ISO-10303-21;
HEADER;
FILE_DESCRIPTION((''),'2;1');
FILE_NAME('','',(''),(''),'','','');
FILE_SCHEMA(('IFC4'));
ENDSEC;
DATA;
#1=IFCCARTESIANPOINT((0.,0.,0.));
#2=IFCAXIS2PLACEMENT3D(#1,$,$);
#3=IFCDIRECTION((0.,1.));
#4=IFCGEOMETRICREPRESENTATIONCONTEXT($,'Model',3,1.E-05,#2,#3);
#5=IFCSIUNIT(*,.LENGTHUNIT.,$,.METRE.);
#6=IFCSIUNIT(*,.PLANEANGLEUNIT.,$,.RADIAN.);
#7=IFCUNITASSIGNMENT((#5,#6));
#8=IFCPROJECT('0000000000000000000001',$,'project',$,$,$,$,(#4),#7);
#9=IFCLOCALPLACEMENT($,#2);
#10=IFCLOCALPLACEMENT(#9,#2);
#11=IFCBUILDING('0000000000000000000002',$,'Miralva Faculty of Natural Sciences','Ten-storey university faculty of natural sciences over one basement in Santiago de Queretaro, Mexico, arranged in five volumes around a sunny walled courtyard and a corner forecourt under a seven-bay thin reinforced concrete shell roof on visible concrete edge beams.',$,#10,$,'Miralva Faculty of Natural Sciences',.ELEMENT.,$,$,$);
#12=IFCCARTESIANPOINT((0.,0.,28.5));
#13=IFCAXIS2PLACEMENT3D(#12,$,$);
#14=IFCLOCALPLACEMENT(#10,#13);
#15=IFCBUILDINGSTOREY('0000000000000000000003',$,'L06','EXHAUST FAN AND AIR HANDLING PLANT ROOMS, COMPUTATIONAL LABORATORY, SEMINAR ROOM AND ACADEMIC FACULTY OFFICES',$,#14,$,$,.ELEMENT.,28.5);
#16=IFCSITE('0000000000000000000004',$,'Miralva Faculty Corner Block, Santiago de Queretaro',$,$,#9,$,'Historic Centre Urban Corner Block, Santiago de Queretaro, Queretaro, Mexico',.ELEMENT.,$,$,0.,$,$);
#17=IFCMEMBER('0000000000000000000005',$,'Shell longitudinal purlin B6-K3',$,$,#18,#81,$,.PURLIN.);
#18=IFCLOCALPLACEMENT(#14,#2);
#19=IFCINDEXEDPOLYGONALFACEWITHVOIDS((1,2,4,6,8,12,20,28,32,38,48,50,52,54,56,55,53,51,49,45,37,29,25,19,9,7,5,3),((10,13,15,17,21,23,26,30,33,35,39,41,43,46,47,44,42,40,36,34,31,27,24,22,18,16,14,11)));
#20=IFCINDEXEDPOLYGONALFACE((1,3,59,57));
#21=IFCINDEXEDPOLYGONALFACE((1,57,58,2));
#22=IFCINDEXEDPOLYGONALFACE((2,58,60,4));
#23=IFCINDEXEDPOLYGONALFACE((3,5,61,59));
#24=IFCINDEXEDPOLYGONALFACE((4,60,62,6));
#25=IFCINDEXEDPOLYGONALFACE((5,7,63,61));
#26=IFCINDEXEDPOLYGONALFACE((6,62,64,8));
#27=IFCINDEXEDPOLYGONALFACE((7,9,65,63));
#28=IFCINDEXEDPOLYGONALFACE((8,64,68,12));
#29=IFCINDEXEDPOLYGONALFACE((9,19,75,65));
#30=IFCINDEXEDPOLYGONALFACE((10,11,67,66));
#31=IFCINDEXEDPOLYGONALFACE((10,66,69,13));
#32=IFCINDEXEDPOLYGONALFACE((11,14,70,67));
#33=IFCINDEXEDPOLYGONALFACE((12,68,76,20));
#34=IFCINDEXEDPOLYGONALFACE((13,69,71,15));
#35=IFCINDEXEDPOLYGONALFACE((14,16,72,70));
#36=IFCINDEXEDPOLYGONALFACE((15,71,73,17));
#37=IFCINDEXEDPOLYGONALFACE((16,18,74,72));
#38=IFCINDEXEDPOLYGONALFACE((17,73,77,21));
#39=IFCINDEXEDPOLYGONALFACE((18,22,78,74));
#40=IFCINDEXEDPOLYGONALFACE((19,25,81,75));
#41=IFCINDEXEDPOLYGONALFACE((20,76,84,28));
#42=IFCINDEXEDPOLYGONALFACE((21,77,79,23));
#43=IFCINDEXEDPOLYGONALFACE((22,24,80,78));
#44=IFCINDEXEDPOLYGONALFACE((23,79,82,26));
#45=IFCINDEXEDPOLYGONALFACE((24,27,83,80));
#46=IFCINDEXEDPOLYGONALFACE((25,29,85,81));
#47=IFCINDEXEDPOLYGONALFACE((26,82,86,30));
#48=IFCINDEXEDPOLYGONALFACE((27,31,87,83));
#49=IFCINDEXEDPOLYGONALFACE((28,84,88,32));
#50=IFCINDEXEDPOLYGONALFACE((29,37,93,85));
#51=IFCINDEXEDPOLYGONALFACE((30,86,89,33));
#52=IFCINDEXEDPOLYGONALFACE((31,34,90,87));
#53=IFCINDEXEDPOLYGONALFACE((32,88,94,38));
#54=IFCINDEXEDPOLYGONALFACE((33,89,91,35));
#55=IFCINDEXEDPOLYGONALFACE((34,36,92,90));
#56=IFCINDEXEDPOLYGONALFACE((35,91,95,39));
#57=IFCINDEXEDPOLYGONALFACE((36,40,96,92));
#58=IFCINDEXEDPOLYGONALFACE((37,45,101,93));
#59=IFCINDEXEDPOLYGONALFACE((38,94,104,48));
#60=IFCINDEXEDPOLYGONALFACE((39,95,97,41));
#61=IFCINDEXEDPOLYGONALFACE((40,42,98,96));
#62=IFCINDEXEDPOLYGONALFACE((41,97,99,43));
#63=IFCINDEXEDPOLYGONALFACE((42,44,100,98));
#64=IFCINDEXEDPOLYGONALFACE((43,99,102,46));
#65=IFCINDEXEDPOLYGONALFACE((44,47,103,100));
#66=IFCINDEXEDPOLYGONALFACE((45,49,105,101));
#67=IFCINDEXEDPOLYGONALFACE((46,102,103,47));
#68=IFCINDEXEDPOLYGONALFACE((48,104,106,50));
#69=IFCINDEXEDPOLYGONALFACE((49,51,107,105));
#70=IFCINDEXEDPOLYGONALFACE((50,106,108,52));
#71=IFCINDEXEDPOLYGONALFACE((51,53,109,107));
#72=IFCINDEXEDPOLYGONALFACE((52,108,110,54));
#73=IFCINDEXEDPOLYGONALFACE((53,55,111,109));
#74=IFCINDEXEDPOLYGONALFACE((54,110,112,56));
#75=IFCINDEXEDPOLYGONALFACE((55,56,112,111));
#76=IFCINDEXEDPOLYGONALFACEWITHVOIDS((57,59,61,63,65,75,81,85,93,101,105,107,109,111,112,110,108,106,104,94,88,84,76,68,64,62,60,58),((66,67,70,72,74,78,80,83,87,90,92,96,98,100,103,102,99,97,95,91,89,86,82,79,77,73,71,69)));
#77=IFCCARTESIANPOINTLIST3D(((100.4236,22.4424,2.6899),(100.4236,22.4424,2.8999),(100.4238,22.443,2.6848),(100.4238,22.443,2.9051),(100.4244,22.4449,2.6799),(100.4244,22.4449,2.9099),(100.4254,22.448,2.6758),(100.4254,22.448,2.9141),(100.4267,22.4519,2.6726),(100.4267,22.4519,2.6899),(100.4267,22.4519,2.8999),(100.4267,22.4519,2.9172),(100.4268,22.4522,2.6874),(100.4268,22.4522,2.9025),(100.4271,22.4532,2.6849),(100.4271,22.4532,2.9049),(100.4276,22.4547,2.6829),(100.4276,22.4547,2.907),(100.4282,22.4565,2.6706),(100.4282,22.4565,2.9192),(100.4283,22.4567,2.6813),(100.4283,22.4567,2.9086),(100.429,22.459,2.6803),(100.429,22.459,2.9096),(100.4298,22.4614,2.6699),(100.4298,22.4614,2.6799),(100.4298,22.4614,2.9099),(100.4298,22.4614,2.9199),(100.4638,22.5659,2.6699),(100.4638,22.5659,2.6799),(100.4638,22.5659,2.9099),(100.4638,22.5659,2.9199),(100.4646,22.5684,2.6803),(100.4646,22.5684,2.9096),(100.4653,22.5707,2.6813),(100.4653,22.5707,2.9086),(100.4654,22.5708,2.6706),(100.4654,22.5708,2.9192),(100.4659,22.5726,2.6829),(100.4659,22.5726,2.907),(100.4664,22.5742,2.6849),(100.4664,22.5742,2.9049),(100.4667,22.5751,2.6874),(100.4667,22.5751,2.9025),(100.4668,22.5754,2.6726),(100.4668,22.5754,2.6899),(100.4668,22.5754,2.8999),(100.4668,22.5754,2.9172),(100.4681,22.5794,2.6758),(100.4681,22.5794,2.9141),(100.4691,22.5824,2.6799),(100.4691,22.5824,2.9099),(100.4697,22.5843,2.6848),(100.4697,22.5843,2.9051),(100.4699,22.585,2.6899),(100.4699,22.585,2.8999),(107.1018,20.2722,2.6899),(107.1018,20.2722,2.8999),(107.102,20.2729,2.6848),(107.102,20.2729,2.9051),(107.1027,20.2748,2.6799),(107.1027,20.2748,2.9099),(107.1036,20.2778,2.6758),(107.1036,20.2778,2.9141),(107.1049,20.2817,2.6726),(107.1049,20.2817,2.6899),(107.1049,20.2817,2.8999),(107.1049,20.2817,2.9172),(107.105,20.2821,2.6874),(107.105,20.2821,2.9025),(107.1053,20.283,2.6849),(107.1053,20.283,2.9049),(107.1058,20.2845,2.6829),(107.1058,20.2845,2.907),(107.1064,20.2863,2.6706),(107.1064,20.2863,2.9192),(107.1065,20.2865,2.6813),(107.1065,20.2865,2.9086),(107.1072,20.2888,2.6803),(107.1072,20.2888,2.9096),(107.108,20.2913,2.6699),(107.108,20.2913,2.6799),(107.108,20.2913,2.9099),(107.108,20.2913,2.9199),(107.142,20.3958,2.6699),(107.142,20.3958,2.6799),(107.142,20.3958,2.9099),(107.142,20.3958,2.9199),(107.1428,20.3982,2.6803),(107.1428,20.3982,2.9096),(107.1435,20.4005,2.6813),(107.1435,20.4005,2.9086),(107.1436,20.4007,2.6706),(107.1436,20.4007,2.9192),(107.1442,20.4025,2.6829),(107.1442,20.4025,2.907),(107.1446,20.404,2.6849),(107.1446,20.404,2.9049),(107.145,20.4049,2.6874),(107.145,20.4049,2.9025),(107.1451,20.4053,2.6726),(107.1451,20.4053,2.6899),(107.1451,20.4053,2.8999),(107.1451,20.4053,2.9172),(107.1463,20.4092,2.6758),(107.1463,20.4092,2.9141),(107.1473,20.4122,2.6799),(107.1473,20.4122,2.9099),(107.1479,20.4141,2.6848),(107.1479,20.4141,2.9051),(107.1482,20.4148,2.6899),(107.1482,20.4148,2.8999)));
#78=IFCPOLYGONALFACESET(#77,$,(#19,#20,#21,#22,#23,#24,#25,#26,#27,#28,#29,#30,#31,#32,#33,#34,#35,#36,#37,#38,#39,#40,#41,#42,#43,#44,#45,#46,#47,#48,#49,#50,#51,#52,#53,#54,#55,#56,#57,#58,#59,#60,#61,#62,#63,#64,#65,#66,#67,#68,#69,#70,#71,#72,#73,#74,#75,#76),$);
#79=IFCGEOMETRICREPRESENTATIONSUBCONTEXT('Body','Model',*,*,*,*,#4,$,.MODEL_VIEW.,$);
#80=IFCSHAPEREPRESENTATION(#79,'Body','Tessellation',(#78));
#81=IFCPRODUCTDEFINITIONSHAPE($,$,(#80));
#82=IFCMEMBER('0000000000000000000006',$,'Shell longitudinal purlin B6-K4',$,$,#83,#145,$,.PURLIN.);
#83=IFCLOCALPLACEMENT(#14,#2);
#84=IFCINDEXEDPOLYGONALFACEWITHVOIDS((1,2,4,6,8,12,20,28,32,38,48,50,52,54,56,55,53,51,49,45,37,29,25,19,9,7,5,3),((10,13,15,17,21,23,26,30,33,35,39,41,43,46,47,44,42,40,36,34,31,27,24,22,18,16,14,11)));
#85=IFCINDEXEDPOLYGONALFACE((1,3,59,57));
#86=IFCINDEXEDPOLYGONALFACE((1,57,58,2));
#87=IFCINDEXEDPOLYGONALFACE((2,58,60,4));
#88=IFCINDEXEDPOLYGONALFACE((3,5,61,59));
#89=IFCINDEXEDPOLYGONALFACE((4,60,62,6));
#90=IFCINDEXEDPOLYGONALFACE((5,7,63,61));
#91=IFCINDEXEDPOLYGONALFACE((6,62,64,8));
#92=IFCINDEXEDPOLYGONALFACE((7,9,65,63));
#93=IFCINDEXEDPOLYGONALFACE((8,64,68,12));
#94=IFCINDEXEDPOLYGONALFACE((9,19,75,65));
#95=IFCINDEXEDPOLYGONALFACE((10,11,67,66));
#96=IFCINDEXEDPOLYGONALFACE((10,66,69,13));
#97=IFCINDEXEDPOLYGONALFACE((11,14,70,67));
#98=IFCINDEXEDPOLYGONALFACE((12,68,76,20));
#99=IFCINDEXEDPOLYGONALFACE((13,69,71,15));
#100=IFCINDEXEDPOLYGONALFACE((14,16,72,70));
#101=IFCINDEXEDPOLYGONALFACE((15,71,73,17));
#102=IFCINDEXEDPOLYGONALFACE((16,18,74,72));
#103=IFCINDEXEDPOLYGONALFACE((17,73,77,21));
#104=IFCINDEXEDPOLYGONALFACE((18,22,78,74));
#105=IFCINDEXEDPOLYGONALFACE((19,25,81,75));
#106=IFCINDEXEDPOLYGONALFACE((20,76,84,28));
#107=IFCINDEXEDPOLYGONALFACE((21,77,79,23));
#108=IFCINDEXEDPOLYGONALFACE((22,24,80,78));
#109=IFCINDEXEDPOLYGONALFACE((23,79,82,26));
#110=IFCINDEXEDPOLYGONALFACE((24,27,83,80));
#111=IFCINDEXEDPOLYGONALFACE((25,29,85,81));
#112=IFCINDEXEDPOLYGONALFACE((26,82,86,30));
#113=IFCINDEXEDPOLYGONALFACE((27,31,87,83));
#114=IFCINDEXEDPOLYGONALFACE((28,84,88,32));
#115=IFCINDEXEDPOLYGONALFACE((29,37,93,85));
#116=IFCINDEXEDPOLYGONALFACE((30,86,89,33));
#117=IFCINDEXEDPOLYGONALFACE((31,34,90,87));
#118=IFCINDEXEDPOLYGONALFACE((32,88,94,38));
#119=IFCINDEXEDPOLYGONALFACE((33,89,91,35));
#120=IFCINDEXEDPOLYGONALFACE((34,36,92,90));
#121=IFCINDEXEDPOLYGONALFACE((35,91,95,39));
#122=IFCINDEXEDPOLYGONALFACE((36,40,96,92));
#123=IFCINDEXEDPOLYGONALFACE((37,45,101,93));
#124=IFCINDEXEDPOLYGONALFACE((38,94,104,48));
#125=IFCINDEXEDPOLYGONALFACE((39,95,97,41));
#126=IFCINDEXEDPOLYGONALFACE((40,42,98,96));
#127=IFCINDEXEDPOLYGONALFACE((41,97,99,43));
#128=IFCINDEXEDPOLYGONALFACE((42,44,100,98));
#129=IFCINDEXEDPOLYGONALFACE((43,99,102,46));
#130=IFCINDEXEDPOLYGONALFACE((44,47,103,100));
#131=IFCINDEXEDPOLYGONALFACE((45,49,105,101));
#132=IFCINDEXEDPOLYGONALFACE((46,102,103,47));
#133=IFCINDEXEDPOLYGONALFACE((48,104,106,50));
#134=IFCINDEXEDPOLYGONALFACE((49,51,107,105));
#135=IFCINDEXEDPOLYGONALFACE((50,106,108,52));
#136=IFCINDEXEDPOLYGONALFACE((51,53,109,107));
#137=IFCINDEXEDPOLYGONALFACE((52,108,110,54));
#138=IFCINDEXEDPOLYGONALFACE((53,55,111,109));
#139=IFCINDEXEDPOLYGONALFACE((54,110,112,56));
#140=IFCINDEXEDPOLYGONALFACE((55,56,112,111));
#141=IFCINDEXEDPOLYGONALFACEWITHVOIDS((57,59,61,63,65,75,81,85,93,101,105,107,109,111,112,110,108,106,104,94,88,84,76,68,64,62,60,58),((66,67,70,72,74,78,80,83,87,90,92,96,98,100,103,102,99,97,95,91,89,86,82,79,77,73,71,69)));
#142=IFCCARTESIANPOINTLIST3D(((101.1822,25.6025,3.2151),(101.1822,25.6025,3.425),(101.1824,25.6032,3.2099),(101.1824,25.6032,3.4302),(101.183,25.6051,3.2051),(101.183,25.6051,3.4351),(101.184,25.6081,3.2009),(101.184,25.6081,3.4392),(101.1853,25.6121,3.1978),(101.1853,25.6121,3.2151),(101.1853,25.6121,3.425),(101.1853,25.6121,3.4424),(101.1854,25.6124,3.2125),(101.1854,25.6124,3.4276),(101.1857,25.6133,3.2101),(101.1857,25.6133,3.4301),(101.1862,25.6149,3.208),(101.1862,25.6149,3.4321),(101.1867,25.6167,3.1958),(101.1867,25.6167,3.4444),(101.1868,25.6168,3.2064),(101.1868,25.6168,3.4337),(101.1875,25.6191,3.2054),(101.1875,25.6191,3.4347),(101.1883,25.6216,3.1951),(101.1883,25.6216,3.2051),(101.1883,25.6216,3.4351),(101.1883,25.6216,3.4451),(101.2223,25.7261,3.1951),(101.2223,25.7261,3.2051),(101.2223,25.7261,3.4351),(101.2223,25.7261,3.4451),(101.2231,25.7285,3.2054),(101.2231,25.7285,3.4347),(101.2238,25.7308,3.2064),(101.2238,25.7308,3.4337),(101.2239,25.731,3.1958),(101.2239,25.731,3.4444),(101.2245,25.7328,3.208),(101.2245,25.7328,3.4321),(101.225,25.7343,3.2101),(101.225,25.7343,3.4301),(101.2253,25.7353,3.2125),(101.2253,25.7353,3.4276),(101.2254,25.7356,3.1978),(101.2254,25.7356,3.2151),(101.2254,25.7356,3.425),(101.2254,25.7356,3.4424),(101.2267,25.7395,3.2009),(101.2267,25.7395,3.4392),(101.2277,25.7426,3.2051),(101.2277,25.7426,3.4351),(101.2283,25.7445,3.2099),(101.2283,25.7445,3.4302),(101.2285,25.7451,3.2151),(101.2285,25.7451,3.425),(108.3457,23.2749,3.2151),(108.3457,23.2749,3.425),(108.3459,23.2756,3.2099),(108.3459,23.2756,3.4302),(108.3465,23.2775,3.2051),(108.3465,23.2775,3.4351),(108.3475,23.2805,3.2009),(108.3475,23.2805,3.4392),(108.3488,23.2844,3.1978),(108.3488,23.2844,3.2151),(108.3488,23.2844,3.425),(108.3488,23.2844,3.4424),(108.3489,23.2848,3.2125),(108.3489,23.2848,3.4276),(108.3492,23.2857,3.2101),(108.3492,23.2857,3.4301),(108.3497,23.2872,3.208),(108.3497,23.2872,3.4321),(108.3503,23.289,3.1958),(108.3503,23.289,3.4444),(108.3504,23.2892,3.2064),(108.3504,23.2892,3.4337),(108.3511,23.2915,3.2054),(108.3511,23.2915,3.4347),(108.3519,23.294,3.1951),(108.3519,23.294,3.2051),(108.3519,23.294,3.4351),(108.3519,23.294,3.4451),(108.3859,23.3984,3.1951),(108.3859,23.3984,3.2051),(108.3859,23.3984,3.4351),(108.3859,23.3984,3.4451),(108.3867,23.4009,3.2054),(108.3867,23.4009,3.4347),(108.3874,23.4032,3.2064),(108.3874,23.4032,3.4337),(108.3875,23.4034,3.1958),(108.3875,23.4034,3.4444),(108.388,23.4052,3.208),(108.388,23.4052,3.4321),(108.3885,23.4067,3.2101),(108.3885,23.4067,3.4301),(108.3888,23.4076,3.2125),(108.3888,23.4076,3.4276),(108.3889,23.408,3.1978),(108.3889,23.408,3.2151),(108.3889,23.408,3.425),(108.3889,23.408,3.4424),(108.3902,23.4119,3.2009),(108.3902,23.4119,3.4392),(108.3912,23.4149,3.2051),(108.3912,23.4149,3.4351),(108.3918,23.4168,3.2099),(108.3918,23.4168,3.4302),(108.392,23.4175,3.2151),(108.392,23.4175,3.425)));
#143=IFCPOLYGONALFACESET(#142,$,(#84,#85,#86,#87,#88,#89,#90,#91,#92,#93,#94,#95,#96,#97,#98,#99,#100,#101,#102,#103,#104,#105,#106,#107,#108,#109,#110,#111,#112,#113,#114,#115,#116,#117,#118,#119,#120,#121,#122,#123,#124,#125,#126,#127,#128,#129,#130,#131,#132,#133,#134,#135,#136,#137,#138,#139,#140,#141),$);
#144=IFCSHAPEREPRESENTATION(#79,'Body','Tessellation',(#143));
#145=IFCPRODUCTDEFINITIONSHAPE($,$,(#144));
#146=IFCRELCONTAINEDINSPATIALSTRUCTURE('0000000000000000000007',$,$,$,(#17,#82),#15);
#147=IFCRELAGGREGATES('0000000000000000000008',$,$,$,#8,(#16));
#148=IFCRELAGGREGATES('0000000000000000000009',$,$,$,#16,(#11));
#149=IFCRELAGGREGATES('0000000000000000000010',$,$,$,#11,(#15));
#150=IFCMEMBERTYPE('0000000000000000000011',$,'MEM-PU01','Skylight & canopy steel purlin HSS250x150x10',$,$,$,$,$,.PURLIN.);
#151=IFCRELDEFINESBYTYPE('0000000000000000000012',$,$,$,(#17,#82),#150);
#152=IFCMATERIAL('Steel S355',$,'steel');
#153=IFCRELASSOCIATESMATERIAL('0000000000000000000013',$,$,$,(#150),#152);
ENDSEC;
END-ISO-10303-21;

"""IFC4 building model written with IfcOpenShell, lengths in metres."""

from ifc_helpers import new_model, si_unit, direction, frame, origin, origin_2d, place, context, subcontext, project, spatial, hollow_rectangle, extrude, material, material_profile, profile_set, type_object, element, save


model = new_model("IFC4")

# Units and contexts
model_context = context("Model", 3, precision=1e-05, world=origin(), true_north=direction((0.0, 1.0)))
body_context = subcontext(model_context, "Body", "Model", "MODEL_VIEW")
ifc_project = project(units=[si_unit("LENGTHUNIT", "METRE"), si_unit("PLANEANGLEUNIT", "RADIAN")], contexts=[model_context])

# Site, building, storey
site_placement = place(None, origin())
site = spatial("IfcSite", under=ifc_project, at=site_placement, Name="Miralva Faculty Corner Block, Santiago de Queretaro", LongName="Historic Centre Urban Corner Block, Santiago de Queretaro, Queretaro, Mexico", CompositionType="ELEMENT", RefElevation=0.0)
building_placement = place(site_placement, origin())
building = spatial("IfcBuilding", under=site, at=building_placement, Name="Miralva Faculty of Natural Sciences", Description="Ten-storey university faculty of natural sciences over one basement in Santiago de Queretaro, Mexico, arranged in five volumes around a sunny walled courtyard and a corner forecourt under a seven-bay thin reinforced concrete shell roof on visible concrete edge beams.", LongName="Miralva Faculty of Natural Sciences", CompositionType="ELEMENT")
storey_placement = place(building_placement, frame((0.0, 0.0, 28.5)))
storey = spatial("IfcBuildingStorey", under=building, at=storey_placement, Name="L06", Description="EXHAUST FAN AND AIR HANDLING PLANT ROOMS, COMPUTATIONAL LABORATORY, SEMINAR ROOM AND ACADEMIC FACULTY OFFICES", CompositionType="ELEMENT", Elevation=28.5)

# Members
ifc_material_1 = material(Name="Steel S355", Category="steel")
ifc_material_profile_1 = material_profile(ifc_material_1, hollow_rectangle(XDim=0.1499, YDim=0.25, WallThickness=0.01, InnerFilletRadius=0.01, OuterFilletRadius=0.02, at=origin_2d()), Name="HSS 250x150x10")
ifc_profile_set_1 = profile_set([ifc_material_profile_1], Name="Steel S355")
member_type = type_object("IfcMemberType", Name="MEM-PU01", Description="Skylight & canopy steel purlin HSS250x150x10", PredefinedType="PURLIN", material=ifc_profile_set_1)
member_1_placement = place(storey_placement, frame((100.4468, 22.5137, 2.7949), z_axis=(0.951045, -0.309053, 0.0), x_axis=(0.309053, 0.951045, 0.0)))
element("IfcMember", 1, at=member_1_placement, inside=storey, type_object=member_type, Name="Shell longitudinal purlin B6-K3", PredefinedType="PURLIN", context=body_context, shape_type="SweptSolid", body=[
    extrude(hollow_rectangle(XDim=0.1499, YDim=0.25, WallThickness=0.01, InnerFilletRadius=0.01, OuterFilletRadius=0.02, at=origin_2d()), origin(), (0.0, 0.0, 1.0), 7.022),
])
member_2_placement = place(storey_placement, frame((101.2053, 25.6738, 3.3201), z_axis=(0.951055, -0.309023, 0.0), x_axis=(0.309023, 0.951055, 0.0)))
element("IfcMember", 2, at=member_2_placement, inside=storey, type_object=member_type, Name="Shell longitudinal purlin B6-K4", PredefinedType="PURLIN", context=body_context, shape_type="SweptSolid", body=[
    extrude(hollow_rectangle(XDim=0.1499, YDim=0.25, WallThickness=0.01, InnerFilletRadius=0.01, OuterFilletRadius=0.02, at=origin_2d()), origin(), (0.0, 0.0, 1.0), 7.5322),
])

save(model, "model.ifc")
